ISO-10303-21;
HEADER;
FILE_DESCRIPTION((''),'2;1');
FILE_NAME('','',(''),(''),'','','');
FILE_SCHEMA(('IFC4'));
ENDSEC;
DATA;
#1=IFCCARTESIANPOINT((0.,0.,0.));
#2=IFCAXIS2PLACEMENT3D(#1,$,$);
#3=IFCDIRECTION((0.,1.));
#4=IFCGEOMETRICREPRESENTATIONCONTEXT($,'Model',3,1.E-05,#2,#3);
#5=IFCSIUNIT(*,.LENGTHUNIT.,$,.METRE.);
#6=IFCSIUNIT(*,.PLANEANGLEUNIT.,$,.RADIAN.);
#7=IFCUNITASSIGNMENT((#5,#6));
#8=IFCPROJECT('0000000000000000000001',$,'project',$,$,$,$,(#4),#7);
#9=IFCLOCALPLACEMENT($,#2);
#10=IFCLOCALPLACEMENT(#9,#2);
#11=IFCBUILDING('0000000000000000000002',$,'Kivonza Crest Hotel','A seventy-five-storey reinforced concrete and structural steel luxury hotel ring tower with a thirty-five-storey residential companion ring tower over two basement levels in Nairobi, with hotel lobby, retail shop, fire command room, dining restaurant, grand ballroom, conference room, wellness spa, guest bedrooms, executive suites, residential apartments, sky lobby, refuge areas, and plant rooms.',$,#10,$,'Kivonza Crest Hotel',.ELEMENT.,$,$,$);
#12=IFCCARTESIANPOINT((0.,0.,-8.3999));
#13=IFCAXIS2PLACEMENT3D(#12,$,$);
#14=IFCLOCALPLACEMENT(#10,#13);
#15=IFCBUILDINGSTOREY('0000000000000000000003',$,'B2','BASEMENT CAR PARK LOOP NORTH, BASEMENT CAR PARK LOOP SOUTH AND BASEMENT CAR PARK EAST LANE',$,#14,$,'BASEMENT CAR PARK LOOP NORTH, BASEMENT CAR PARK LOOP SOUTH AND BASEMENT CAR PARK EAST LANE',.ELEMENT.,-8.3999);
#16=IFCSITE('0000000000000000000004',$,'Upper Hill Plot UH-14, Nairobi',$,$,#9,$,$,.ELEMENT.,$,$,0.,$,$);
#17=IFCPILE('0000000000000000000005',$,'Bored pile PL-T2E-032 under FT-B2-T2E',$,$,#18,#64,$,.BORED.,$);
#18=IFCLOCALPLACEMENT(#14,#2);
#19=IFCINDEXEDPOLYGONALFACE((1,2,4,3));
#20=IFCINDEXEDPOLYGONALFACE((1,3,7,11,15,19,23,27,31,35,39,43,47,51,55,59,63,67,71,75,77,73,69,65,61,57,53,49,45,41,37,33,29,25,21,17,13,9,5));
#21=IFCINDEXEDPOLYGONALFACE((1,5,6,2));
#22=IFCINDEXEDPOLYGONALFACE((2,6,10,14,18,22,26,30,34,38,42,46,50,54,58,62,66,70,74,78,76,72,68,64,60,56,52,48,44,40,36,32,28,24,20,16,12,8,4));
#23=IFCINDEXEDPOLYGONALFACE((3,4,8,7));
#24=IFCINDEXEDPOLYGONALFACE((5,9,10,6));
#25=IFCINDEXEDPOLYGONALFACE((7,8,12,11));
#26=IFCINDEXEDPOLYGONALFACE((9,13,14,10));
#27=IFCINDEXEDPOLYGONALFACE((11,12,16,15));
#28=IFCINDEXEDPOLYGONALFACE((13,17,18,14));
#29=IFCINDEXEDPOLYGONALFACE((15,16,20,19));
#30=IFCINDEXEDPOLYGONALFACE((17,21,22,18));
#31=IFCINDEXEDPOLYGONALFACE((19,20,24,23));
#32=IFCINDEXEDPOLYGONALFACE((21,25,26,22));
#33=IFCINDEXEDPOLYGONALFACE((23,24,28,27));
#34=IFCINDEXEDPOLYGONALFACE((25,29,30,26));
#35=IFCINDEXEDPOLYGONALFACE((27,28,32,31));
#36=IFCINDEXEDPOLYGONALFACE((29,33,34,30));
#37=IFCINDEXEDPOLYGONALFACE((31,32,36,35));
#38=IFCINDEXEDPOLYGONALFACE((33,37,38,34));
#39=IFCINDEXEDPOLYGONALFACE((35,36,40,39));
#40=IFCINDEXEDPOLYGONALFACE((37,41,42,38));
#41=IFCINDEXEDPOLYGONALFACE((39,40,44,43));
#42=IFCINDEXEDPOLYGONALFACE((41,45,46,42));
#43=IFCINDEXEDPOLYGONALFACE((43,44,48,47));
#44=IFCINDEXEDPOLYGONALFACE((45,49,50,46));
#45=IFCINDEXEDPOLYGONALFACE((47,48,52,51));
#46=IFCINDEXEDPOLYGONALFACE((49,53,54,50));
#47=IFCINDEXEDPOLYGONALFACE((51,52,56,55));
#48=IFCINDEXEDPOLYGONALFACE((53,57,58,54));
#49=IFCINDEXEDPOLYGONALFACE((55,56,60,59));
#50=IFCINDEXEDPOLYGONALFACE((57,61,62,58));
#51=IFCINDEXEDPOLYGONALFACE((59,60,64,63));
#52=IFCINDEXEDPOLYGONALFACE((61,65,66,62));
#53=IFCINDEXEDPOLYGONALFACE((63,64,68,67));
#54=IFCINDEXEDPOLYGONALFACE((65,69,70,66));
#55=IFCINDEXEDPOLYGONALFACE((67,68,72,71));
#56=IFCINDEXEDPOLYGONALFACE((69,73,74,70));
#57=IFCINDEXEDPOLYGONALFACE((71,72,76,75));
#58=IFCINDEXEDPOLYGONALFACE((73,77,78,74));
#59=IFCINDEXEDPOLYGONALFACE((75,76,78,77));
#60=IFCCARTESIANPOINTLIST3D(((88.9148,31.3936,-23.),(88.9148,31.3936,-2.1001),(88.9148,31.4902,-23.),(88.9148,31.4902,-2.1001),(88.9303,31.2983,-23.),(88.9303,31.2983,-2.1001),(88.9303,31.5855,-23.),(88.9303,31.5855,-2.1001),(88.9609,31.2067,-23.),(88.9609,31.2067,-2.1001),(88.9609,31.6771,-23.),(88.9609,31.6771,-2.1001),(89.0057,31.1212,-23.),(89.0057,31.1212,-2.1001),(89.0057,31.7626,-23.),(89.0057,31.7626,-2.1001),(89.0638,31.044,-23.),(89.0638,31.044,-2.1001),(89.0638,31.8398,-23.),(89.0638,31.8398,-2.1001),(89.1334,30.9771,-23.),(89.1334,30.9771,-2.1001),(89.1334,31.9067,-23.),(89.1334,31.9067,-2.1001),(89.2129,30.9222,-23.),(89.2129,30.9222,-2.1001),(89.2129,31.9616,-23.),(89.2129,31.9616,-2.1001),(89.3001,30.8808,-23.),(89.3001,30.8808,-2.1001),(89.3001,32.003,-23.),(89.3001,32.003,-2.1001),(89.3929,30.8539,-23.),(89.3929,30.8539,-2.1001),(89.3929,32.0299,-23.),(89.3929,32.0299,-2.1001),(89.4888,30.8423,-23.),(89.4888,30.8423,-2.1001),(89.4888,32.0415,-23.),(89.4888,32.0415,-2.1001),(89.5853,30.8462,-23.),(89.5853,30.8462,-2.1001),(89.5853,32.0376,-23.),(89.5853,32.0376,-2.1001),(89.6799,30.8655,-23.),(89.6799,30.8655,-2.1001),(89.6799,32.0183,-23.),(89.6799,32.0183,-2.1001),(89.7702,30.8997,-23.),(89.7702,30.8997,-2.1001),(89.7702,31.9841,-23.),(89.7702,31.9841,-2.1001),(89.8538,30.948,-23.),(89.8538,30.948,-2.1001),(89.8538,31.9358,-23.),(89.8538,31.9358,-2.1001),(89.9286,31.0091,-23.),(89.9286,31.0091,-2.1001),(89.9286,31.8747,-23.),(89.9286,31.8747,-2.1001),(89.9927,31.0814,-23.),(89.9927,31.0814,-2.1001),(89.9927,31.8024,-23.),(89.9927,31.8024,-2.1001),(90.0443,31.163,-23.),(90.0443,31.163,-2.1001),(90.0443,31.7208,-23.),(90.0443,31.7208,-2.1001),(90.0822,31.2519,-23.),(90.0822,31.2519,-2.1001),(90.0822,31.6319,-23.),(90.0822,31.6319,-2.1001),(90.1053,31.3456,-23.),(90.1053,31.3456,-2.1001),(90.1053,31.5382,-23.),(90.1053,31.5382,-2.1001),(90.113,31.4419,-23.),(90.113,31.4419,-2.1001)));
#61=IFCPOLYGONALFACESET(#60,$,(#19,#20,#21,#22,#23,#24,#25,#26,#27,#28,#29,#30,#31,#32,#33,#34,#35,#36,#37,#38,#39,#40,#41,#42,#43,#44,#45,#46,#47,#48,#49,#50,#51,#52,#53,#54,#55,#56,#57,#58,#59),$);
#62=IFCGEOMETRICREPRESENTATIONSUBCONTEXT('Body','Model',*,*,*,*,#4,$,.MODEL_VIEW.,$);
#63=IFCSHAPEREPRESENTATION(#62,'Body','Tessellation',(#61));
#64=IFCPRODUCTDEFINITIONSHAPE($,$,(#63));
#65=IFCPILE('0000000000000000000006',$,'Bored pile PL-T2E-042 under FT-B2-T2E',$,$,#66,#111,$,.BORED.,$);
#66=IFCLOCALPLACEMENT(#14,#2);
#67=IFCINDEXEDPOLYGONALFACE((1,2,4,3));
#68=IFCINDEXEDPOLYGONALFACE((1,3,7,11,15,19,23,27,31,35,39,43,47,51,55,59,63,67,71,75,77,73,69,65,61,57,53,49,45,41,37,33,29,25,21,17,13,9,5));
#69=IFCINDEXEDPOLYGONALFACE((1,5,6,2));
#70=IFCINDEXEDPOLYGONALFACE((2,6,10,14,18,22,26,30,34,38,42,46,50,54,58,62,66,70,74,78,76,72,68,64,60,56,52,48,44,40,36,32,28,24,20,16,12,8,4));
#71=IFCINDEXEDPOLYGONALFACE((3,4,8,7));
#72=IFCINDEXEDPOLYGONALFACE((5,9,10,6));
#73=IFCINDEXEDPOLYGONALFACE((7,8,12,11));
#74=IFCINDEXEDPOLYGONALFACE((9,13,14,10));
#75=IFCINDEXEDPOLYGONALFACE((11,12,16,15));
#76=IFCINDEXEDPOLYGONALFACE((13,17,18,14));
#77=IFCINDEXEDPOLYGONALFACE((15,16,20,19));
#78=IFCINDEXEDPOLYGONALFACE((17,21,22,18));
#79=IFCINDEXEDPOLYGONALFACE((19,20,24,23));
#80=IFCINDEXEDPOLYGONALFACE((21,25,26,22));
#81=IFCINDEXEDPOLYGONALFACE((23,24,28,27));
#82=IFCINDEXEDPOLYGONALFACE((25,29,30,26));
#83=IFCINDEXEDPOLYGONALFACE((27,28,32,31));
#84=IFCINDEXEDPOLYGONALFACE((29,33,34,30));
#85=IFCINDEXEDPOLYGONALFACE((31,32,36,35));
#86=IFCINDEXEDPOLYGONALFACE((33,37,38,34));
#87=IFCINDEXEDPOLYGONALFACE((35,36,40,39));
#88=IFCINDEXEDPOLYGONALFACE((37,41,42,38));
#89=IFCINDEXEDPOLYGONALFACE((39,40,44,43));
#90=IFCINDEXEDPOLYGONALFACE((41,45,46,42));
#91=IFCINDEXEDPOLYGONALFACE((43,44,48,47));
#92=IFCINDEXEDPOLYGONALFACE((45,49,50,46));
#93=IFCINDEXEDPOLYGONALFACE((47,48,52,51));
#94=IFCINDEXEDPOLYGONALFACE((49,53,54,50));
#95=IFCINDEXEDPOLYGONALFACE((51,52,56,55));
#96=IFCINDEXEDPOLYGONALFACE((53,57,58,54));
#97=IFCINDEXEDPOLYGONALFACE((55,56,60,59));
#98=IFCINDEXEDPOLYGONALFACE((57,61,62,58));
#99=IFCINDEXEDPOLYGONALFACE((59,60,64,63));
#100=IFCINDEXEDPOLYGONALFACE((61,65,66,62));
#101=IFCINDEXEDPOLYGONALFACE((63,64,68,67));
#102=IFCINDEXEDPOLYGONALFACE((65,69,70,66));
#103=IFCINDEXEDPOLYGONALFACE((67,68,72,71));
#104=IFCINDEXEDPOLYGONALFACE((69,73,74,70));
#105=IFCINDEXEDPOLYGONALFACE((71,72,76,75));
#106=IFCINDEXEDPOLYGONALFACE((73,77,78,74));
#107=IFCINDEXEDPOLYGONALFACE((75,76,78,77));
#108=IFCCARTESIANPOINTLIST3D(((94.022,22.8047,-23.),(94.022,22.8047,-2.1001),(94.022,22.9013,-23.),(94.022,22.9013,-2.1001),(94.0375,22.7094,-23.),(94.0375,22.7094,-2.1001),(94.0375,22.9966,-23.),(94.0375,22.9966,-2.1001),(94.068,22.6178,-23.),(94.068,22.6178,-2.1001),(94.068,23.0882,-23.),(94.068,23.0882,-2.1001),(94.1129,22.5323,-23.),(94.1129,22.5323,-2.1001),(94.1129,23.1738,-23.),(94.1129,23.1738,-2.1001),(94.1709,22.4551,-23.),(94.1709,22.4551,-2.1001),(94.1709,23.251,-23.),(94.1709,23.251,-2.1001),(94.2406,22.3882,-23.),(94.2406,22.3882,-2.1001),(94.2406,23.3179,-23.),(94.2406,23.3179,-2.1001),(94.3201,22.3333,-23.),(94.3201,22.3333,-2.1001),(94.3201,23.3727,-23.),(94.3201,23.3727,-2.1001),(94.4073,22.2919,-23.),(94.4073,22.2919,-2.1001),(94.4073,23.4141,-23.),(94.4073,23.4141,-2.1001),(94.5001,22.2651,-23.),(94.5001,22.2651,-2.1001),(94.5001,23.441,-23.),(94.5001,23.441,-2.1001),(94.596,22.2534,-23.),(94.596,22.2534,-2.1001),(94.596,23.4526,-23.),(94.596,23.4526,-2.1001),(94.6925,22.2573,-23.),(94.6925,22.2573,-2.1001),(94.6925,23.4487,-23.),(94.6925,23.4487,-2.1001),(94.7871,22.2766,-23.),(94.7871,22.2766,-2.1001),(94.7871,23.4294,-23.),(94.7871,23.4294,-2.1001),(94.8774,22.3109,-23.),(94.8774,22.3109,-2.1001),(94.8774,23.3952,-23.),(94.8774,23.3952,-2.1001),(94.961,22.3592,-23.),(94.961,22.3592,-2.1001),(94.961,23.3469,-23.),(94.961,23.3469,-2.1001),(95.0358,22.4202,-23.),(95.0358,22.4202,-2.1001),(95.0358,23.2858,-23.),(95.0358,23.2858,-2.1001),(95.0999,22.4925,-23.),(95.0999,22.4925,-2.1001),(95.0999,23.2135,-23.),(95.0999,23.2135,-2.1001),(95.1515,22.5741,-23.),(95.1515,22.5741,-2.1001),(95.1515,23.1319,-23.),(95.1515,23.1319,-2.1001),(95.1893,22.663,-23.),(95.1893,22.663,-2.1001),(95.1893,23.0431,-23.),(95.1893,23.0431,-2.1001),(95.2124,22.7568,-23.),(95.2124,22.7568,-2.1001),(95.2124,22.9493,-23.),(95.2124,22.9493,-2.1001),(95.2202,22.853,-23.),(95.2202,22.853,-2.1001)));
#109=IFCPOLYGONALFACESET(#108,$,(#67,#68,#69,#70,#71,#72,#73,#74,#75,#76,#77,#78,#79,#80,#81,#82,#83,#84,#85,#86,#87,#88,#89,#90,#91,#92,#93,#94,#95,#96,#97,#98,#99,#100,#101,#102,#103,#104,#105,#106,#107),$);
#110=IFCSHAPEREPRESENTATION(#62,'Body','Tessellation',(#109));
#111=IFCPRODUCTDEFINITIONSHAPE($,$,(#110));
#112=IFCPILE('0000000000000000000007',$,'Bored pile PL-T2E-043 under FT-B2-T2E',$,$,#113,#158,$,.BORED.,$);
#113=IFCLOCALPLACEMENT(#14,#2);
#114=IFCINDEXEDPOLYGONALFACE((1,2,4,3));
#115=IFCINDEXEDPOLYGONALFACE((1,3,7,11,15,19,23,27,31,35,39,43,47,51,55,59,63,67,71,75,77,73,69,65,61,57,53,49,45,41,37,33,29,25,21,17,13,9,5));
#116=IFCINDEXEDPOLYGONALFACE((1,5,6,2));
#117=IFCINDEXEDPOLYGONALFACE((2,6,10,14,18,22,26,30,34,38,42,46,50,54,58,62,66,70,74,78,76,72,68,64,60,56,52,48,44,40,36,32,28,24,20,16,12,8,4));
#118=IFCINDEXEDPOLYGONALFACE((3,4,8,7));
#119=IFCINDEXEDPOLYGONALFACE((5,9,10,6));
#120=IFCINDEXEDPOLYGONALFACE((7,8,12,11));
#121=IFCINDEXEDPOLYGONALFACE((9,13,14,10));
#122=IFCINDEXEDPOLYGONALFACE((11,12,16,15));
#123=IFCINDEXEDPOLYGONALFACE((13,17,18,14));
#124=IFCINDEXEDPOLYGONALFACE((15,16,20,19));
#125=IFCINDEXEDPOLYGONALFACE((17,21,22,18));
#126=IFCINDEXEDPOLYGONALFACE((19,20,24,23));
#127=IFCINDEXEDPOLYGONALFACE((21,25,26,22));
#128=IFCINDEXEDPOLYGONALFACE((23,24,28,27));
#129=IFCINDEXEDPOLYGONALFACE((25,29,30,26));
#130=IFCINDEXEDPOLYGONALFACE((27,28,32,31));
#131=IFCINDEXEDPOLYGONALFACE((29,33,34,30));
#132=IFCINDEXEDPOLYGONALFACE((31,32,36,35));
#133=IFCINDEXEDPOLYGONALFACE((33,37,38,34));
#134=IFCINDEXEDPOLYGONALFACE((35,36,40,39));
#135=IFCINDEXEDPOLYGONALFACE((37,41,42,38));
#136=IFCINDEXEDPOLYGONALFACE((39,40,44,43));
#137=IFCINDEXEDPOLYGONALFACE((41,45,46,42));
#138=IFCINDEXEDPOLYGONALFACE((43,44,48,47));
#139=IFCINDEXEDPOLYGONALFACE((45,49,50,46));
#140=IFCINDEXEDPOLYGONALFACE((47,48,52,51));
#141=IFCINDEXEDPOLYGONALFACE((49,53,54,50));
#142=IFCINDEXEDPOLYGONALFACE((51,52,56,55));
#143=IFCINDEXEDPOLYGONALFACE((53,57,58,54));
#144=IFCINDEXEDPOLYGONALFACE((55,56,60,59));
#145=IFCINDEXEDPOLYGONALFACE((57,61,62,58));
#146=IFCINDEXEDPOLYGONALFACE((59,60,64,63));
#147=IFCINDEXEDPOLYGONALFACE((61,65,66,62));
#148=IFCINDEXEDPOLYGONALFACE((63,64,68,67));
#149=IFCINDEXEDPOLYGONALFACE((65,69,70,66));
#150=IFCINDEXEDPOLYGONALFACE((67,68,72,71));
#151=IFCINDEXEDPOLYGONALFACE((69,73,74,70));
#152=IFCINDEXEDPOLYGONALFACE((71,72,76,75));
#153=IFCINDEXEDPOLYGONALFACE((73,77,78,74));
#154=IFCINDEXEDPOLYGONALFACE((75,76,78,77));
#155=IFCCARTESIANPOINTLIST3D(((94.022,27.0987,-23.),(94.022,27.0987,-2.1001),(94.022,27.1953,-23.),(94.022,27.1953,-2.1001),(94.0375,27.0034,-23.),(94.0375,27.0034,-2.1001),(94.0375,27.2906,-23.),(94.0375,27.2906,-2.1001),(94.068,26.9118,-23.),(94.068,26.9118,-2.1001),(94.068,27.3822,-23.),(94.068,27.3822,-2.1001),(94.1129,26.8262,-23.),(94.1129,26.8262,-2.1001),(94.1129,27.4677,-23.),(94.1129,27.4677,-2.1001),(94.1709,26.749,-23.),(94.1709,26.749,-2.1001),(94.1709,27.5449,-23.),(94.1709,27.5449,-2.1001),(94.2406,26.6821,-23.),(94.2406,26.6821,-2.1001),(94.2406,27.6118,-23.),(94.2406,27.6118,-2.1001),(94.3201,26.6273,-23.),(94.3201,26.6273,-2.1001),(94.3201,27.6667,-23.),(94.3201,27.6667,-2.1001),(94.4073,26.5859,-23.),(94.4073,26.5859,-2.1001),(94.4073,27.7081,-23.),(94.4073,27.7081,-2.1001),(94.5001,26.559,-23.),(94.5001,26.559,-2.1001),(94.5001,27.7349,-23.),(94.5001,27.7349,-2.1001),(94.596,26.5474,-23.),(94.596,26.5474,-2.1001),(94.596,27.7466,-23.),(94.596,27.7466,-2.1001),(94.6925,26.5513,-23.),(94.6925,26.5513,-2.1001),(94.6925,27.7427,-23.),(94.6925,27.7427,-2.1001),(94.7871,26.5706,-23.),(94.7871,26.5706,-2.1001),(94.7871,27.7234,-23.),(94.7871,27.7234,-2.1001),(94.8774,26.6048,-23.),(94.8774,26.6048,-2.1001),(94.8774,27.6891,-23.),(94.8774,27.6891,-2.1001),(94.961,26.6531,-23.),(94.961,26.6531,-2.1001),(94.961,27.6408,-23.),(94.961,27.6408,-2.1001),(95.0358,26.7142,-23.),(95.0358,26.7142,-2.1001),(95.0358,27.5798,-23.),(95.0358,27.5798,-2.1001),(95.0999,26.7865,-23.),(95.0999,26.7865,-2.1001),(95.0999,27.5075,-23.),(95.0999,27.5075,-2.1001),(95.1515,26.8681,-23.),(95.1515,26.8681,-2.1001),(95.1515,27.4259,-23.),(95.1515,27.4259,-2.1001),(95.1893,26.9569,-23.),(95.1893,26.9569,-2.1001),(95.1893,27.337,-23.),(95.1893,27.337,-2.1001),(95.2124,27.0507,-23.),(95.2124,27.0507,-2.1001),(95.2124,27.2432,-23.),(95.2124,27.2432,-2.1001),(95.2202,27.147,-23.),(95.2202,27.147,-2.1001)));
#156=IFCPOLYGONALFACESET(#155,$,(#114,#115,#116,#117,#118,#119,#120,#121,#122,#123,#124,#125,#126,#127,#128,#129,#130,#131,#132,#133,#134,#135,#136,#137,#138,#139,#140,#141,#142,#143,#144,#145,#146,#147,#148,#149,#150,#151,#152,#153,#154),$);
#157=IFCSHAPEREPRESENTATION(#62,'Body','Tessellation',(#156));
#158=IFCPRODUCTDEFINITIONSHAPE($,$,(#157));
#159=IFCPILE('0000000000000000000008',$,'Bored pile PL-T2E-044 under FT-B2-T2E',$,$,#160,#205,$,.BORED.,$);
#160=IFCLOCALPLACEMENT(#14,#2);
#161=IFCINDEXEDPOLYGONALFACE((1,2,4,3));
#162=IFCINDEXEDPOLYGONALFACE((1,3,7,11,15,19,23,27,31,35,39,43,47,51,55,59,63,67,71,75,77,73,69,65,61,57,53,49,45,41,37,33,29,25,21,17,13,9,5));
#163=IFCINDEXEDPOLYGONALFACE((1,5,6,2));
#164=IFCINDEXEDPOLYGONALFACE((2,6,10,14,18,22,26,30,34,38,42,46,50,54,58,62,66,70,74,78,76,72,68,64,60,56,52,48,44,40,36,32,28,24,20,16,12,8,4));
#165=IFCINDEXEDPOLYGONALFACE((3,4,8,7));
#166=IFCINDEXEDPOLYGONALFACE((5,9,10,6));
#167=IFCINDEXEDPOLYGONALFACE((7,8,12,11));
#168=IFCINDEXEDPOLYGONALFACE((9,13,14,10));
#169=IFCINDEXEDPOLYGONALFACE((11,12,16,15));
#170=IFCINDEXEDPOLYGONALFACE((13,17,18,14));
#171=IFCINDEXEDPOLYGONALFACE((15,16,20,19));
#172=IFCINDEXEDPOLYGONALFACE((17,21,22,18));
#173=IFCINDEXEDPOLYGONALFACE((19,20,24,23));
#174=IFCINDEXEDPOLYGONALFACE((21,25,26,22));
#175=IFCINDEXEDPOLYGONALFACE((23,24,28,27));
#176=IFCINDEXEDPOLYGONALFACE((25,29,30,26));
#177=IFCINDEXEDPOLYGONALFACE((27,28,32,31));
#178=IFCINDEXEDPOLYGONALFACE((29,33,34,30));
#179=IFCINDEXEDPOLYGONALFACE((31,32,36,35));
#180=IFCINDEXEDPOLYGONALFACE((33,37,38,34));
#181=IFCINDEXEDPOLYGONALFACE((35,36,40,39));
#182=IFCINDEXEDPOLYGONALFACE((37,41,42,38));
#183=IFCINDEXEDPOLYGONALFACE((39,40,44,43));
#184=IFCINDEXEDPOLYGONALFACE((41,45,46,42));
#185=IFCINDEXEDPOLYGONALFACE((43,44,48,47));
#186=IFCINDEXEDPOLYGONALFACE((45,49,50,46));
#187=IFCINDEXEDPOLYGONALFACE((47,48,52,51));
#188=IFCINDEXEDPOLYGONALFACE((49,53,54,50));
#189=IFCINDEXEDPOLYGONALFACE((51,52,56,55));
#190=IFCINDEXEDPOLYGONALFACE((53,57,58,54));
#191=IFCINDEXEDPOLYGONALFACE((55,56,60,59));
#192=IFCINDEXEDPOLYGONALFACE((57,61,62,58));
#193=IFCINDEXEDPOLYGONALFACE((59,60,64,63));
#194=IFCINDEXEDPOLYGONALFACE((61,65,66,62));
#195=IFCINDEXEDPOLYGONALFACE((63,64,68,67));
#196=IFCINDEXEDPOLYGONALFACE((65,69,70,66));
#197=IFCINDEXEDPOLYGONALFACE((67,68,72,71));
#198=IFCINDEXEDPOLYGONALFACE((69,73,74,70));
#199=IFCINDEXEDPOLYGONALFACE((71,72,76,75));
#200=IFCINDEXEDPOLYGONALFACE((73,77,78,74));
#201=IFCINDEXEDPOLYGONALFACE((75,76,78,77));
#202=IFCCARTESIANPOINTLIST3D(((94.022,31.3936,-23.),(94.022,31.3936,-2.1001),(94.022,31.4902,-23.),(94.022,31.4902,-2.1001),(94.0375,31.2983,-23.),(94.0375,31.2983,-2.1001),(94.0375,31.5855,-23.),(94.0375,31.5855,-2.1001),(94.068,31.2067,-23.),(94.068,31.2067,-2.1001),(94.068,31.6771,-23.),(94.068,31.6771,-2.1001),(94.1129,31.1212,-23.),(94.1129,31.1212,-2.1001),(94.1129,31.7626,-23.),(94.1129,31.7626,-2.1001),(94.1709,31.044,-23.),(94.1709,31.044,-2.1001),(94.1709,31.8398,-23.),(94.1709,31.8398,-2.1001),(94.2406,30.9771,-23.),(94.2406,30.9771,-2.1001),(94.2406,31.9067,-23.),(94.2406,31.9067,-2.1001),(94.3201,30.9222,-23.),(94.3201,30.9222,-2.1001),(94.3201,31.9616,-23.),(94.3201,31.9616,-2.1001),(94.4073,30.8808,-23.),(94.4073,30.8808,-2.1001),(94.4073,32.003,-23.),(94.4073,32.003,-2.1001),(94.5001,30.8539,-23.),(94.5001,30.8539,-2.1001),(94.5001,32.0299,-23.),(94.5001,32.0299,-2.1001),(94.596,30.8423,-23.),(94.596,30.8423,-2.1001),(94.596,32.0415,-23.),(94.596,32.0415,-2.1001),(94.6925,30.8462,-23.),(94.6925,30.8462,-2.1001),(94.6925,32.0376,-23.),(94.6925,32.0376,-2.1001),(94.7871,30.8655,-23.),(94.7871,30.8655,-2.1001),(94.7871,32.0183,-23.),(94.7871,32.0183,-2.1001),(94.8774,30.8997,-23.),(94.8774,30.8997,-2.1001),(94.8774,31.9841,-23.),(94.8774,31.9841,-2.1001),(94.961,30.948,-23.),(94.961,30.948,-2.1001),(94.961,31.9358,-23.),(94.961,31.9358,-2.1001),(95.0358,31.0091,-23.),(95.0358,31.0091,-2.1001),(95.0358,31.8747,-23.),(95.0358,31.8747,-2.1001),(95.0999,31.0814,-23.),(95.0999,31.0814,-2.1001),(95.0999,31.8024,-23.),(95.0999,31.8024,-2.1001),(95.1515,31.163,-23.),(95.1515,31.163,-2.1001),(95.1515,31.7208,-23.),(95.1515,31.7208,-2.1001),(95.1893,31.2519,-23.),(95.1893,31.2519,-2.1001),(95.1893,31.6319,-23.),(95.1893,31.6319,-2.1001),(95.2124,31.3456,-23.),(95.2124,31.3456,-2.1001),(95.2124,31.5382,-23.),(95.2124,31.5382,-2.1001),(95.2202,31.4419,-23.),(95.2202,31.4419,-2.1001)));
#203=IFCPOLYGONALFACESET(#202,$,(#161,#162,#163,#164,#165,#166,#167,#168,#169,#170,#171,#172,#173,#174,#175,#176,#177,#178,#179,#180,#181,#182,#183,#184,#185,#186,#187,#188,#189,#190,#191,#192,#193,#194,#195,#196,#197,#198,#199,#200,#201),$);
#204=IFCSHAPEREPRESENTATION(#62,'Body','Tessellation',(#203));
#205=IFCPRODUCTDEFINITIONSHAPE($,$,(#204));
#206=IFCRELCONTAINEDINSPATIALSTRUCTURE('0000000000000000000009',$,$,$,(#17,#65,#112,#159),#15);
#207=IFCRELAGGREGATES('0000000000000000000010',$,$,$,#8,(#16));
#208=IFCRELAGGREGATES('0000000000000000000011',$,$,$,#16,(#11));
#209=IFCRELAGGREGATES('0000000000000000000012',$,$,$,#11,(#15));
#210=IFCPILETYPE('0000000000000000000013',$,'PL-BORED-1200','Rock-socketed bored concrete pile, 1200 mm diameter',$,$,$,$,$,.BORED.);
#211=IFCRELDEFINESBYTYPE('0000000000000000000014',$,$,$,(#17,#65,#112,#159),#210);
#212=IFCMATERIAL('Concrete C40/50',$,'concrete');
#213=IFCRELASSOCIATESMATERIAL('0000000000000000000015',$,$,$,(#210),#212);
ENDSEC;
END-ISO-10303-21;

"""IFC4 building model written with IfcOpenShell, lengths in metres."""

from ifc_helpers import new_model, si_unit, direction, frame, origin, origin_2d, place, context, subcontext, project, spatial, circle, extrude, material, material_profile, profile_set, type_object, element, save


model = new_model("IFC4")

# Units and contexts
model_context = context("Model", 3, precision=1e-05, world=origin(), true_north=direction((0.0, 1.0)))
body_context = subcontext(model_context, "Body", "Model", "MODEL_VIEW")
ifc_project = project(units=[si_unit("LENGTHUNIT", "METRE"), si_unit("PLANEANGLEUNIT", "RADIAN")], contexts=[model_context])

# Site, building, storey
site_placement = place(None, origin())
site = spatial("IfcSite", under=ifc_project, at=site_placement, Name="Upper Hill Plot UH-14, Nairobi", CompositionType="ELEMENT", RefElevation=0.0)
building_placement = place(site_placement, origin())
building = spatial("IfcBuilding", under=site, at=building_placement, Name="Kivonza Crest Hotel", Description="A seventy-five-storey reinforced concrete and structural steel luxury hotel ring tower with a thirty-five-storey residential companion ring tower over two basement levels in Nairobi, with hotel lobby, retail shop, fire command room, dining restaurant, grand ballroom, conference room, wellness spa, guest bedrooms, executive suites, residential apartments, sky lobby, refuge areas, and plant rooms.", LongName="Kivonza Crest Hotel", CompositionType="ELEMENT")
storey_placement = place(building_placement, frame((0.0, 0.0, -8.3999)))
storey = spatial("IfcBuildingStorey", under=building, at=storey_placement, Name="B2", Description="BASEMENT CAR PARK LOOP NORTH, BASEMENT CAR PARK LOOP SOUTH AND BASEMENT CAR PARK EAST LANE", LongName="BASEMENT CAR PARK LOOP NORTH, BASEMENT CAR PARK LOOP SOUTH AND BASEMENT CAR PARK EAST LANE", CompositionType="ELEMENT", Elevation=-8.3999)

# Piles
ifc_material_1 = material(Name="Concrete C40/50", Category="concrete")
ifc_material_profile_1 = material_profile(ifc_material_1, circle(Radius=0.6001, at=origin_2d()), Name="PILE D1200")
ifc_profile_set_1 = profile_set([ifc_material_profile_1], Name="Concrete C40/50")
pile_type = type_object("IfcPileType", Name="PL-BORED-1200", Description="Rock-socketed bored concrete pile, 1200 mm diameter", PredefinedType="BORED", material=ifc_profile_set_1)
for number, where, z_axis, x_axis, name in (
    (1, (89.5129, 31.4419, -2.1001), (0.0, 0.0, -1.0), (1.0, 0.0, 0.0), "Bored pile PL-T2E-032 under FT-B2-T2E"),
    (2, (94.6201, 22.853, -2.1001), (0.0, 0.0, -1.0), (1.0, 0.0, 0.0), "Bored pile PL-T2E-042 under FT-B2-T2E"),
    (3, (94.6201, 27.147, -2.1001), (0.0, 0.0, -1.0), (1.0, 0.0, 0.0), "Bored pile PL-T2E-043 under FT-B2-T2E"),
    (4, (94.6201, 31.4419, -2.1001), (0.0, 0.0, -1.0), (1.0, 0.0, 0.0), "Bored pile PL-T2E-044 under FT-B2-T2E"),
):
    element("IfcPile", number, at=place(storey_placement, frame(where, z_axis=z_axis, x_axis=x_axis)), inside=storey, type_object=pile_type, Name=name, PredefinedType="BORED", context=body_context, shape_type="SweptSolid", body=[
        extrude(circle(Radius=0.6001, at=origin_2d()), origin(), (0.0, 0.0, 1.0), 20.8999),
    ])

save(model, "model.ifc")
